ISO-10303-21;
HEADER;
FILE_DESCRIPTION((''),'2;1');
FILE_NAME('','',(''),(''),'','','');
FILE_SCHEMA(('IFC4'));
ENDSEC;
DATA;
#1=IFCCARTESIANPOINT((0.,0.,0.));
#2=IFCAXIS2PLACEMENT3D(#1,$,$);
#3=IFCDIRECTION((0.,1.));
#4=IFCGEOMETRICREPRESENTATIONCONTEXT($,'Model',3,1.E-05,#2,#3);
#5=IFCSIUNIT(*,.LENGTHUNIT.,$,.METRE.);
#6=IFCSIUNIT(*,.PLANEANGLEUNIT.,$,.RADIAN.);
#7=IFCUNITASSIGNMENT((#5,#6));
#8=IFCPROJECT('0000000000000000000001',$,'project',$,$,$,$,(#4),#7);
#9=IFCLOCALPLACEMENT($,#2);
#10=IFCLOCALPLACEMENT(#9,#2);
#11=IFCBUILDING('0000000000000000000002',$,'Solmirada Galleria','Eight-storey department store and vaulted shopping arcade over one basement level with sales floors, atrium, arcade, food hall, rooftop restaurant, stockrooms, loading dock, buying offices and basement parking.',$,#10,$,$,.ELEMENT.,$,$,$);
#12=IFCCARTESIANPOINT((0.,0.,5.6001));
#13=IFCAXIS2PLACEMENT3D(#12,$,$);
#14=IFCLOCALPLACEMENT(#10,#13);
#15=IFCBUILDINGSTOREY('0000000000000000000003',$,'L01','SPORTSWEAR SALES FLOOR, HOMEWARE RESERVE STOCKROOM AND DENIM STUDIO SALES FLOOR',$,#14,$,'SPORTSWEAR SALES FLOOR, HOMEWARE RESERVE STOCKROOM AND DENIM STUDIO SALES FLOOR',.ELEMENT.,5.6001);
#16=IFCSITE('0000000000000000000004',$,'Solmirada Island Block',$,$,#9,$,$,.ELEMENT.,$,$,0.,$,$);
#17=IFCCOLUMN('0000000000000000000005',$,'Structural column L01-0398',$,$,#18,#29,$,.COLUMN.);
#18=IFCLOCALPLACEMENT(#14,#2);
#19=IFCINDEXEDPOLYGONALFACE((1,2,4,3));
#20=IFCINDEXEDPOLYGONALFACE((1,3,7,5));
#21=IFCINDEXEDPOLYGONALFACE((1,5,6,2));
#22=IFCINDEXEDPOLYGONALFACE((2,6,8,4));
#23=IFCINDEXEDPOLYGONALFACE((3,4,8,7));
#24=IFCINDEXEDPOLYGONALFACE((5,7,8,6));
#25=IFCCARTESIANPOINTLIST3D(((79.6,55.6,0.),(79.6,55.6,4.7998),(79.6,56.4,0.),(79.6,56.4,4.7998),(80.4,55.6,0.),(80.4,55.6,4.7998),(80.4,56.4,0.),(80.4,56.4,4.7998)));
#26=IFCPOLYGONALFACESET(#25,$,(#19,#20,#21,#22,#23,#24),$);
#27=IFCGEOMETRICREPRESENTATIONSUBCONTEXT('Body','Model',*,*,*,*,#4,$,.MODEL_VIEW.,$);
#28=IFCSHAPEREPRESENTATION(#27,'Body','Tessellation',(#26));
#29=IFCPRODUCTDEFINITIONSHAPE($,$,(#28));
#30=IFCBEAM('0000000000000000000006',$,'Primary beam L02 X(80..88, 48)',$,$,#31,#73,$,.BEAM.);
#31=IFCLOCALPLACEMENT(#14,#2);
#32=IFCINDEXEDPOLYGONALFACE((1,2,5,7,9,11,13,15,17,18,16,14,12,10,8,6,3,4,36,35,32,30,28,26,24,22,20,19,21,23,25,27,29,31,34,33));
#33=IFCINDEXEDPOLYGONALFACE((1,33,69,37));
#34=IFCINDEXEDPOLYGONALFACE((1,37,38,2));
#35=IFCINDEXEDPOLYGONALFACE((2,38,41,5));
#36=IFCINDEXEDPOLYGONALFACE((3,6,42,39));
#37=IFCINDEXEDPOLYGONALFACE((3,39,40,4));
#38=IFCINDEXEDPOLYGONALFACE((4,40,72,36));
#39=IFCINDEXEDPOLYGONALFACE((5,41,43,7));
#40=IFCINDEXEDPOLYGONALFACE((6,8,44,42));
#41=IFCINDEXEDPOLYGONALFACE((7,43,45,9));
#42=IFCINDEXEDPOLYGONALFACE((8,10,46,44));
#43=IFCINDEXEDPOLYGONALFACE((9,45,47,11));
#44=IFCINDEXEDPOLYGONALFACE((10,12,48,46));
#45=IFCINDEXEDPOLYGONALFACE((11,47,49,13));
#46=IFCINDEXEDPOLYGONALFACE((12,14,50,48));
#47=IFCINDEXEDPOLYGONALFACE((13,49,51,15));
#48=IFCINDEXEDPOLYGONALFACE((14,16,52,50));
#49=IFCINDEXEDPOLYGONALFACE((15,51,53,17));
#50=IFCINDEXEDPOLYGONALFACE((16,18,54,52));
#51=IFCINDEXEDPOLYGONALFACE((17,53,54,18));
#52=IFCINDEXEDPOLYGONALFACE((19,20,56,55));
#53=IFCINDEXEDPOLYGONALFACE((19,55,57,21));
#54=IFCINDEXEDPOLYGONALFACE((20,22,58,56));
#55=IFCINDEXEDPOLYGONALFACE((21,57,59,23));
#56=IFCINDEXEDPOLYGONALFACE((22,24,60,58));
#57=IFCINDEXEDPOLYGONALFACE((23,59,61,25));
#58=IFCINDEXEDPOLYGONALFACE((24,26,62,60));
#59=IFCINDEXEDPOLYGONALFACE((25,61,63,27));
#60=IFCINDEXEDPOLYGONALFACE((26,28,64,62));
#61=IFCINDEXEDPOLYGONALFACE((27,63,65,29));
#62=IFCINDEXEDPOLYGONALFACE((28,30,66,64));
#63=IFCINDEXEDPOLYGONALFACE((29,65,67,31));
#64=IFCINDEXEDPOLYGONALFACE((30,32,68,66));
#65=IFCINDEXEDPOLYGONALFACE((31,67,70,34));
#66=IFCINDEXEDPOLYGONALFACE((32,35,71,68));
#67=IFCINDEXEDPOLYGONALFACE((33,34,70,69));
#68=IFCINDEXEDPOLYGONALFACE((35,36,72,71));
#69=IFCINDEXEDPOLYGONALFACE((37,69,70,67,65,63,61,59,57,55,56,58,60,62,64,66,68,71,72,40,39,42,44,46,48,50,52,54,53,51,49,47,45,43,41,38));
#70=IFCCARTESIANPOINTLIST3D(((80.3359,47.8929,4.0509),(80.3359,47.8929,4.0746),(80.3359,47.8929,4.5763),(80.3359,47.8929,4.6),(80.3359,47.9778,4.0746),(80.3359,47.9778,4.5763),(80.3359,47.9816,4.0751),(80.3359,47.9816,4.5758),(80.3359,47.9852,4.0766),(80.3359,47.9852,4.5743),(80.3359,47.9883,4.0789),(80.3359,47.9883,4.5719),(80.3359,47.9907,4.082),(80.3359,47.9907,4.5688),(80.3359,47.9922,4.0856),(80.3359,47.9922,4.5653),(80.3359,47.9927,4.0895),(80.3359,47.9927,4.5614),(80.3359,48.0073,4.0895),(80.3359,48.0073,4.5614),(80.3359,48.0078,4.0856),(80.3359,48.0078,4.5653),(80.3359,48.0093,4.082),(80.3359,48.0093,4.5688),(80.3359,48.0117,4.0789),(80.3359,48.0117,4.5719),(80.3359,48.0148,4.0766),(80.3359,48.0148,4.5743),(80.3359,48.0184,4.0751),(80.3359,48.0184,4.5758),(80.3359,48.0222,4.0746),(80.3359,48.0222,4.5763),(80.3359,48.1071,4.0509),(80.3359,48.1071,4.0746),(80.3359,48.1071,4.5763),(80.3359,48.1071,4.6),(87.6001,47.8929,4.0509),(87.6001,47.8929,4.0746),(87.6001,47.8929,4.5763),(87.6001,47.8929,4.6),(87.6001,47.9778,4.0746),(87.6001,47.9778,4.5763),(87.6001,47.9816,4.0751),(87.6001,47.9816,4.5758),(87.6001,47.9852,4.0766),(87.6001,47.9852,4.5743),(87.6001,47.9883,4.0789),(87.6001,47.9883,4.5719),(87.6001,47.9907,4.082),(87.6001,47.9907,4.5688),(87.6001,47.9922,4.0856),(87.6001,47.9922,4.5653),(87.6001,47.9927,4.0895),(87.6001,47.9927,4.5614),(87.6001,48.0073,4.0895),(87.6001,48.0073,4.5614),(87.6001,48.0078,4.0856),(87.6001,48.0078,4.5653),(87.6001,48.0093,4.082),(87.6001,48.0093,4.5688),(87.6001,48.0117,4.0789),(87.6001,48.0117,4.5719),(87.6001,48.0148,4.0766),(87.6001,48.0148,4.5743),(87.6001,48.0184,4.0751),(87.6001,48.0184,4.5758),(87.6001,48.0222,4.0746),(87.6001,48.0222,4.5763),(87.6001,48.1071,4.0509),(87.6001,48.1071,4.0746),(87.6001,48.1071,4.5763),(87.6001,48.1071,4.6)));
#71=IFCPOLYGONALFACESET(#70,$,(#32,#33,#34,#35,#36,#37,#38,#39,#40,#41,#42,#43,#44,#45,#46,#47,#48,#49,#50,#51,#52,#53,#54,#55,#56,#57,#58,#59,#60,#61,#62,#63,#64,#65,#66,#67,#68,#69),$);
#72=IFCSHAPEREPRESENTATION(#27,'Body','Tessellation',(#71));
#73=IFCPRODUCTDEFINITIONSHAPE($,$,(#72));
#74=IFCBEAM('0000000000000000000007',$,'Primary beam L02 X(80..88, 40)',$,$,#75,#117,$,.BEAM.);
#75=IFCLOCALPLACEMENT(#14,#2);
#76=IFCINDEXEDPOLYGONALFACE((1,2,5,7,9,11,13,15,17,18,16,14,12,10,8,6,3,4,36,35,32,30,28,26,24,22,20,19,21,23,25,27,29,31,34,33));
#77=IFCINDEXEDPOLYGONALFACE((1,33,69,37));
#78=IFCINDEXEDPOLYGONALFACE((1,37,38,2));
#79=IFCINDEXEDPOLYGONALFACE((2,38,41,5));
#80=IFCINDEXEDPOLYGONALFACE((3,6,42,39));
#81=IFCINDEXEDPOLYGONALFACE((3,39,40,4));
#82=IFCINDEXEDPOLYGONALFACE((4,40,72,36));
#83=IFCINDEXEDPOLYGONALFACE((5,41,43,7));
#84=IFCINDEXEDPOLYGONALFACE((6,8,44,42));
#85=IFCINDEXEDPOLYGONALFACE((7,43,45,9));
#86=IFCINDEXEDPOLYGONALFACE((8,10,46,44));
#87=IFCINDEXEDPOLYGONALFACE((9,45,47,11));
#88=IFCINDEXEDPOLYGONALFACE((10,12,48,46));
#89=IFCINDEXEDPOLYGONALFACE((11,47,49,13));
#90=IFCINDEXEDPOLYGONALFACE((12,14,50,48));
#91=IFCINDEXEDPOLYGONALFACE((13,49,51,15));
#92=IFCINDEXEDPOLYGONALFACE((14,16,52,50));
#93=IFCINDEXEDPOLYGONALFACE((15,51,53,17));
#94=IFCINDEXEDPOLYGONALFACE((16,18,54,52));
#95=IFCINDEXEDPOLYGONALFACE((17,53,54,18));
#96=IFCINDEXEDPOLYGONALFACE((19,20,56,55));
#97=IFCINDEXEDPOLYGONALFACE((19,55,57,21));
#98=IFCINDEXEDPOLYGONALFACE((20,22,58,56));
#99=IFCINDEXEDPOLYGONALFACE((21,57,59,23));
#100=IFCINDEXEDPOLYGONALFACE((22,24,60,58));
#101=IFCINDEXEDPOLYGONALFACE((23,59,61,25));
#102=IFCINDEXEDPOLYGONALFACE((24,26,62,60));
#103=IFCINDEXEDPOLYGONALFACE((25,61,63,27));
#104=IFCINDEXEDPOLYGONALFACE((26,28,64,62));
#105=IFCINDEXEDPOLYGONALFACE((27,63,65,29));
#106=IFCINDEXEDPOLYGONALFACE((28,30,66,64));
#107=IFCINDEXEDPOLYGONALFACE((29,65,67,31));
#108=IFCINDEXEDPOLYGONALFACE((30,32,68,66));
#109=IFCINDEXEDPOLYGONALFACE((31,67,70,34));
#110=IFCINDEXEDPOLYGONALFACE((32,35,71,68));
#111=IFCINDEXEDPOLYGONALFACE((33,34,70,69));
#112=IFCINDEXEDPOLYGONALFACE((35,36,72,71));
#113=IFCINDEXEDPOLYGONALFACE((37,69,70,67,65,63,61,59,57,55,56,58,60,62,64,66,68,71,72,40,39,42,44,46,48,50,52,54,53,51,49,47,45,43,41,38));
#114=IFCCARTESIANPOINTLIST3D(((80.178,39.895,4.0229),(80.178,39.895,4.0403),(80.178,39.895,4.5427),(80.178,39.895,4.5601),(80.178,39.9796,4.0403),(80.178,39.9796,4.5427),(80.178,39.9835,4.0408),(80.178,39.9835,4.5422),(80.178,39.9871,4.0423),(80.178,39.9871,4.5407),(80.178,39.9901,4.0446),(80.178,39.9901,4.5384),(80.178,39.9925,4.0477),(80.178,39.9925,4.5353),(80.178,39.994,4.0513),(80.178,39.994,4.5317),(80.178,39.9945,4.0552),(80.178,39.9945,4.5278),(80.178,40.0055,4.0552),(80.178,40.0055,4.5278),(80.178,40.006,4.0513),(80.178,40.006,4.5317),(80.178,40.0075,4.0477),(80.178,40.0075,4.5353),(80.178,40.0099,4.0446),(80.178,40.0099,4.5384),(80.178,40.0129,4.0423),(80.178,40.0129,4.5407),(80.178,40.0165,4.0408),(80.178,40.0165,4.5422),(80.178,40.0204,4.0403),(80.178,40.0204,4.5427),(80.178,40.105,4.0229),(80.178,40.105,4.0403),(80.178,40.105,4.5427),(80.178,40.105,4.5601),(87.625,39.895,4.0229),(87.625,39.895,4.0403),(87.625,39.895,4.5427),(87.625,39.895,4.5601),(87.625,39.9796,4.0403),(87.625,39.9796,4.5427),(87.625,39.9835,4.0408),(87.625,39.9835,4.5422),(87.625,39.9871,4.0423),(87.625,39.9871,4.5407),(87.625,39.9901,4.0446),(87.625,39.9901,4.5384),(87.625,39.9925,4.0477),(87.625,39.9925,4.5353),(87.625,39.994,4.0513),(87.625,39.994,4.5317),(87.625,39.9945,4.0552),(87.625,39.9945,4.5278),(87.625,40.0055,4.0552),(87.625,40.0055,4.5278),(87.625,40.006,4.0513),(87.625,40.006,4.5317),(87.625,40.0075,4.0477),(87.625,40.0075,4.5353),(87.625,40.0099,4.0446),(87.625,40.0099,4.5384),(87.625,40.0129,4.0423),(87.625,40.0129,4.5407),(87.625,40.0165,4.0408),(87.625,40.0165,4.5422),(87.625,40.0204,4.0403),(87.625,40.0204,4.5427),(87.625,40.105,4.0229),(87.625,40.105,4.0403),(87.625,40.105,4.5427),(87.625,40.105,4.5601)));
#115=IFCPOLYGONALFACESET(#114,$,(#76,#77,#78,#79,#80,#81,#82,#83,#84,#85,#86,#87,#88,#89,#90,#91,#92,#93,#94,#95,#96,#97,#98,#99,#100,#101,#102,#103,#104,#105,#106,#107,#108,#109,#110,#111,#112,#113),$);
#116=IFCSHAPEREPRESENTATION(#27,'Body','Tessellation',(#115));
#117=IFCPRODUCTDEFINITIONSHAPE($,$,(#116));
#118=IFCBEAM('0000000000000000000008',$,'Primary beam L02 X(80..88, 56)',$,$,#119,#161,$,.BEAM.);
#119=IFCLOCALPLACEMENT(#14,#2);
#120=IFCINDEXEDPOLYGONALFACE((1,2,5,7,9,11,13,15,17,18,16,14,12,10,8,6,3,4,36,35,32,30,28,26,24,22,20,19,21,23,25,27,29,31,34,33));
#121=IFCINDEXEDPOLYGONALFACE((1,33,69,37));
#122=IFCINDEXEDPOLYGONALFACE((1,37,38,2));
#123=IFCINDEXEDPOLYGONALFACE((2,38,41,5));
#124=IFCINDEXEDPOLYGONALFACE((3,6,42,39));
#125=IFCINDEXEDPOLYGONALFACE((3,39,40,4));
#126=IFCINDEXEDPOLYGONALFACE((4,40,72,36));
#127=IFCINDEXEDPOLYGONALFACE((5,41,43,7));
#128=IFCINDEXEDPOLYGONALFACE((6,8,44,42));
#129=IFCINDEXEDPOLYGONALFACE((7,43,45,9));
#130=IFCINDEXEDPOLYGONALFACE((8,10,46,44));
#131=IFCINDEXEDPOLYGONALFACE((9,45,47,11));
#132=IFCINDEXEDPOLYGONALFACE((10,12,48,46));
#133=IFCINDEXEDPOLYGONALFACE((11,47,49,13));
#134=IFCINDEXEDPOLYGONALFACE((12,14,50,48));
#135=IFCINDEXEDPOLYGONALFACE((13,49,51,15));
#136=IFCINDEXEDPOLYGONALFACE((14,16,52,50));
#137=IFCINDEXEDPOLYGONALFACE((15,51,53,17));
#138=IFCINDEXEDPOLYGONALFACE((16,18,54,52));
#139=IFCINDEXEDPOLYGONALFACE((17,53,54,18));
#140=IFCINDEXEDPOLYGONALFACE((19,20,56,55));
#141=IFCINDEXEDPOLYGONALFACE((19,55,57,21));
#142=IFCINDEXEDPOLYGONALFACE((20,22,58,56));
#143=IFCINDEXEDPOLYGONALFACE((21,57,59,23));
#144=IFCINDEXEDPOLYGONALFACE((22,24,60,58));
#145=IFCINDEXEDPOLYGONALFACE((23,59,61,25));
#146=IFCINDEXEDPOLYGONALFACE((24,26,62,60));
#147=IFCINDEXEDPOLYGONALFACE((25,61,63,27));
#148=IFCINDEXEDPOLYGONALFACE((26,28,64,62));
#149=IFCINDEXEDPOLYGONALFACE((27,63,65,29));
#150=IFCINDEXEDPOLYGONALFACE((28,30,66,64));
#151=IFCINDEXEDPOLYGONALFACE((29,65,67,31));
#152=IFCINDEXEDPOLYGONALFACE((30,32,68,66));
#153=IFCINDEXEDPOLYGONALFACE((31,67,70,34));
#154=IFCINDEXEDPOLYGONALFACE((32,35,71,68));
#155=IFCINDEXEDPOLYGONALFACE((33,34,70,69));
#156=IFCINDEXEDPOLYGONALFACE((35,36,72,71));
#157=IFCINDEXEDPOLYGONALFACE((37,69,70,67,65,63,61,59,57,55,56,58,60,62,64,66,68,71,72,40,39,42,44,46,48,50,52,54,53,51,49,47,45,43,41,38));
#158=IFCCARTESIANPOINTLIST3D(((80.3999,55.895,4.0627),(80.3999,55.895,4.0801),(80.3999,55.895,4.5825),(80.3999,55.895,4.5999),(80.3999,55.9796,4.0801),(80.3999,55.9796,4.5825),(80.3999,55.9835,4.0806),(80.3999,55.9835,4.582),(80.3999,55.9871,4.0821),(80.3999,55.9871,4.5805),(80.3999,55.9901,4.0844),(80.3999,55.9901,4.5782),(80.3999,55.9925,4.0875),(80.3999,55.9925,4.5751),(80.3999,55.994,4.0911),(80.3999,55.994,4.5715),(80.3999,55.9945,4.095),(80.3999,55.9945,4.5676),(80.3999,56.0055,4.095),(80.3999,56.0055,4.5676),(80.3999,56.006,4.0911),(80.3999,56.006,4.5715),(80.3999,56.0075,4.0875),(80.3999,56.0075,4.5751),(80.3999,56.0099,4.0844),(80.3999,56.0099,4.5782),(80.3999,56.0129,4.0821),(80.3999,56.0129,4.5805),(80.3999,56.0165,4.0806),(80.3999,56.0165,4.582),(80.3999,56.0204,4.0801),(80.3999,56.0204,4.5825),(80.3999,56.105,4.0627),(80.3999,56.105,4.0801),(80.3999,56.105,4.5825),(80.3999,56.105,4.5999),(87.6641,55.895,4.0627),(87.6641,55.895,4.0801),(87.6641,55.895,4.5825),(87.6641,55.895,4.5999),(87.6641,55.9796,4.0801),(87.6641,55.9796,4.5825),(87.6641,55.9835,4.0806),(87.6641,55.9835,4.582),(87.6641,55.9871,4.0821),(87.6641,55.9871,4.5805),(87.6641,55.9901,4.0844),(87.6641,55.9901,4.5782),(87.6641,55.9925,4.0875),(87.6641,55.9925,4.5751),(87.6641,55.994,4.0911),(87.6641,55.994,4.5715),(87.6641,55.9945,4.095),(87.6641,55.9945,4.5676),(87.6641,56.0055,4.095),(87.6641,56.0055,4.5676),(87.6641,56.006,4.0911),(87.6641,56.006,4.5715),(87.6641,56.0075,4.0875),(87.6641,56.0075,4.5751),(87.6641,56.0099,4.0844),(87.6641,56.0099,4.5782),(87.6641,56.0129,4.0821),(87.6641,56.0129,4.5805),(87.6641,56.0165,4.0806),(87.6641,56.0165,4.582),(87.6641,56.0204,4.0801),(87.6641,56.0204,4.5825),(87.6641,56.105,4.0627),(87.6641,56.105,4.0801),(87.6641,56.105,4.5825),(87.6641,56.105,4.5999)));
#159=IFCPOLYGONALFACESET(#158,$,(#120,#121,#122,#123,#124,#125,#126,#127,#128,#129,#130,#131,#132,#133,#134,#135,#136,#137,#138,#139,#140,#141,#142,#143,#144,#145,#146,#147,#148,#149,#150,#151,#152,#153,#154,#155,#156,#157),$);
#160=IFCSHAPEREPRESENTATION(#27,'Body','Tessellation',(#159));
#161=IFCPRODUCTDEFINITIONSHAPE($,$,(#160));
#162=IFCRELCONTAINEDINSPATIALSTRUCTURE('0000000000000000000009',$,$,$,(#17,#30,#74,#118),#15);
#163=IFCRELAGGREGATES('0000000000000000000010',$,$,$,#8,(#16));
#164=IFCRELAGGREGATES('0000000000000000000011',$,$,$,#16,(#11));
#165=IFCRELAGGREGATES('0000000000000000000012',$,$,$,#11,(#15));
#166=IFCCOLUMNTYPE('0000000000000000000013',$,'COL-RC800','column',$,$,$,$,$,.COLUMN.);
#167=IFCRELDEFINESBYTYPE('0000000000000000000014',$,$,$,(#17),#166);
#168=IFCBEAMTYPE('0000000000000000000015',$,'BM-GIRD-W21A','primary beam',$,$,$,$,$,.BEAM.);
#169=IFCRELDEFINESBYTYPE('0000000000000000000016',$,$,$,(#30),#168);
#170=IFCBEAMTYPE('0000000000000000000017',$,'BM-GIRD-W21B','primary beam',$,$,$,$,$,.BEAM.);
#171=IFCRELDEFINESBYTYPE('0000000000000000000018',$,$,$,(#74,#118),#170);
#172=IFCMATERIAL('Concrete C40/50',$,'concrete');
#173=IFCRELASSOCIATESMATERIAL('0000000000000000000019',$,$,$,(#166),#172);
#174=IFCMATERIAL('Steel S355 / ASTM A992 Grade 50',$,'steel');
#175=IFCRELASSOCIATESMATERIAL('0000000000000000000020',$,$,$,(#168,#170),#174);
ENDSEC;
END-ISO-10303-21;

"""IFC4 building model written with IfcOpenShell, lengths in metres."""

from ifc_helpers import new_model, si_unit, direction, frame, origin, origin_2d, place, context, subcontext, project, spatial, rectangle, i_section, extrude, material, material_profile, profile_set, type_object, element, save


model = new_model("IFC4")

# Units and contexts
model_context = context("Model", 3, precision=1e-05, world=origin(), true_north=direction((0.0, 1.0)))
body_context = subcontext(model_context, "Body", "Model", "MODEL_VIEW")
ifc_project = project(units=[si_unit("LENGTHUNIT", "METRE"), si_unit("PLANEANGLEUNIT", "RADIAN")], contexts=[model_context])

# Site, building, storey
site_placement = place(None, origin())
site = spatial("IfcSite", under=ifc_project, at=site_placement, Name="Solmirada Island Block", CompositionType="ELEMENT", RefElevation=0.0)
building_placement = place(site_placement, origin())
building = spatial("IfcBuilding", under=site, at=building_placement, Name="Solmirada Galleria", Description="Eight-storey department store and vaulted shopping arcade over one basement level with sales floors, atrium, arcade, food hall, rooftop restaurant, stockrooms, loading dock, buying offices and basement parking.", CompositionType="ELEMENT")
storey_placement = place(building_placement, frame((0.0, 0.0, 5.6001)))
storey = spatial("IfcBuildingStorey", under=building, at=storey_placement, Name="L01", Description="SPORTSWEAR SALES FLOOR, HOMEWARE RESERVE STOCKROOM AND DENIM STUDIO SALES FLOOR", LongName="SPORTSWEAR SALES FLOOR, HOMEWARE RESERVE STOCKROOM AND DENIM STUDIO SALES FLOOR", CompositionType="ELEMENT", Elevation=5.6001)

# Column
ifc_material_1 = material(Name="Concrete C40/50", Category="concrete")
ifc_material_profile_1 = material_profile(ifc_material_1, rectangle(XDim=0.8, YDim=0.8, at=origin_2d()), Name="RC800X800")
ifc_profile_set_1 = profile_set([ifc_material_profile_1], Name="Concrete C40/50")
column_type = type_object("IfcColumnType", Name="COL-RC800", Description="column", PredefinedType="COLUMN", material=ifc_profile_set_1)
column_placement = place(storey_placement, frame((80.0, 56.0, 0.0), z_axis=(0.0, 0.0, 1.0), x_axis=(1.0, 0.0, 0.0)))
element("IfcColumn", 1, at=column_placement, inside=storey, type_object=column_type, Name="Structural column L01-0398", PredefinedType="COLUMN", context=body_context, shape_type="SweptSolid", body=[
    extrude(rectangle(XDim=0.8, YDim=0.8, at=origin_2d()), origin(), (0.0, 0.0, 1.0), 4.7998),
])

# Beams
ifc_material_2 = material(Name="Steel S355 / ASTM A992 Grade 50", Category="steel")
ifc_material_profile_2 = material_profile(ifc_material_2, i_section(OverallWidth=0.2141, OverallDepth=0.5491, WebThickness=0.0146, FlangeThickness=0.0237, FilletRadius=0.0149, at=origin_2d()), Name="W21X93")
ifc_profile_set_2 = profile_set([ifc_material_profile_2], Name="Steel S355 / ASTM A992 Grade 50")
beam_type_1 = type_object("IfcBeamType", Name="BM-GIRD-W21A", Description="primary beam", PredefinedType="BEAM", material=ifc_profile_set_2)
beam_1_placement = place(storey_placement, frame((80.3359, 48.0, 4.3254), z_axis=(1.0, 0.0, 0.0), x_axis=(0.0, 1.0, 0.0)))
element("IfcBeam", 2, at=beam_1_placement, inside=storey, type_object=beam_type_1, Name="Primary beam L02 X(80..88, 48)", PredefinedType="BEAM", context=body_context, shape_type="SweptSolid", body=[
    extrude(i_section(OverallWidth=0.2141, OverallDepth=0.5491, WebThickness=0.0146, FlangeThickness=0.0237, FilletRadius=0.0149, at=origin_2d()), origin(), (0.0, 0.0, 1.0), 7.2642),
])
ifc_material_profile_3 = material_profile(ifc_material_2, i_section(OverallWidth=0.21, OverallDepth=0.5371, WebThickness=0.011, FlangeThickness=0.0173, FilletRadius=0.0149, at=origin_2d()), Name="W21X68")
ifc_profile_set_3 = profile_set([ifc_material_profile_3], Name="Steel S355 / ASTM A992 Grade 50")
beam_type_2 = type_object("IfcBeamType", Name="BM-GIRD-W21B", Description="primary beam", PredefinedType="BEAM", material=ifc_profile_set_3)
beam_2_placement = place(storey_placement, frame((80.178, 40.0, 4.2915), z_axis=(1.0, 0.0, 0.0), x_axis=(0.0, 1.0, 0.0)))
element("IfcBeam", 3, at=beam_2_placement, inside=storey, type_object=beam_type_2, Name="Primary beam L02 X(80..88, 40)", PredefinedType="BEAM", context=body_context, shape_type="SweptSolid", body=[
    extrude(i_section(OverallWidth=0.21, OverallDepth=0.5371, WebThickness=0.011, FlangeThickness=0.0173, FilletRadius=0.0149, at=origin_2d()), origin(), (0.0, 0.0, 1.0), 7.447),
])
beam_3_placement = place(storey_placement, frame((80.3999, 56.0, 4.3313), z_axis=(1.0, 0.0, 0.0), x_axis=(0.0, 1.0, 0.0)))
element("IfcBeam", 4, at=beam_3_placement, inside=storey, type_object=beam_type_2, Name="Primary beam L02 X(80..88, 56)", PredefinedType="BEAM", context=body_context, shape_type="SweptSolid", body=[
    extrude(i_section(OverallWidth=0.21, OverallDepth=0.5371, WebThickness=0.011, FlangeThickness=0.0173, FilletRadius=0.0149, at=origin_2d()), origin(), (0.0, 0.0, 1.0), 7.2642),
])

save(model, "model.ifc")
